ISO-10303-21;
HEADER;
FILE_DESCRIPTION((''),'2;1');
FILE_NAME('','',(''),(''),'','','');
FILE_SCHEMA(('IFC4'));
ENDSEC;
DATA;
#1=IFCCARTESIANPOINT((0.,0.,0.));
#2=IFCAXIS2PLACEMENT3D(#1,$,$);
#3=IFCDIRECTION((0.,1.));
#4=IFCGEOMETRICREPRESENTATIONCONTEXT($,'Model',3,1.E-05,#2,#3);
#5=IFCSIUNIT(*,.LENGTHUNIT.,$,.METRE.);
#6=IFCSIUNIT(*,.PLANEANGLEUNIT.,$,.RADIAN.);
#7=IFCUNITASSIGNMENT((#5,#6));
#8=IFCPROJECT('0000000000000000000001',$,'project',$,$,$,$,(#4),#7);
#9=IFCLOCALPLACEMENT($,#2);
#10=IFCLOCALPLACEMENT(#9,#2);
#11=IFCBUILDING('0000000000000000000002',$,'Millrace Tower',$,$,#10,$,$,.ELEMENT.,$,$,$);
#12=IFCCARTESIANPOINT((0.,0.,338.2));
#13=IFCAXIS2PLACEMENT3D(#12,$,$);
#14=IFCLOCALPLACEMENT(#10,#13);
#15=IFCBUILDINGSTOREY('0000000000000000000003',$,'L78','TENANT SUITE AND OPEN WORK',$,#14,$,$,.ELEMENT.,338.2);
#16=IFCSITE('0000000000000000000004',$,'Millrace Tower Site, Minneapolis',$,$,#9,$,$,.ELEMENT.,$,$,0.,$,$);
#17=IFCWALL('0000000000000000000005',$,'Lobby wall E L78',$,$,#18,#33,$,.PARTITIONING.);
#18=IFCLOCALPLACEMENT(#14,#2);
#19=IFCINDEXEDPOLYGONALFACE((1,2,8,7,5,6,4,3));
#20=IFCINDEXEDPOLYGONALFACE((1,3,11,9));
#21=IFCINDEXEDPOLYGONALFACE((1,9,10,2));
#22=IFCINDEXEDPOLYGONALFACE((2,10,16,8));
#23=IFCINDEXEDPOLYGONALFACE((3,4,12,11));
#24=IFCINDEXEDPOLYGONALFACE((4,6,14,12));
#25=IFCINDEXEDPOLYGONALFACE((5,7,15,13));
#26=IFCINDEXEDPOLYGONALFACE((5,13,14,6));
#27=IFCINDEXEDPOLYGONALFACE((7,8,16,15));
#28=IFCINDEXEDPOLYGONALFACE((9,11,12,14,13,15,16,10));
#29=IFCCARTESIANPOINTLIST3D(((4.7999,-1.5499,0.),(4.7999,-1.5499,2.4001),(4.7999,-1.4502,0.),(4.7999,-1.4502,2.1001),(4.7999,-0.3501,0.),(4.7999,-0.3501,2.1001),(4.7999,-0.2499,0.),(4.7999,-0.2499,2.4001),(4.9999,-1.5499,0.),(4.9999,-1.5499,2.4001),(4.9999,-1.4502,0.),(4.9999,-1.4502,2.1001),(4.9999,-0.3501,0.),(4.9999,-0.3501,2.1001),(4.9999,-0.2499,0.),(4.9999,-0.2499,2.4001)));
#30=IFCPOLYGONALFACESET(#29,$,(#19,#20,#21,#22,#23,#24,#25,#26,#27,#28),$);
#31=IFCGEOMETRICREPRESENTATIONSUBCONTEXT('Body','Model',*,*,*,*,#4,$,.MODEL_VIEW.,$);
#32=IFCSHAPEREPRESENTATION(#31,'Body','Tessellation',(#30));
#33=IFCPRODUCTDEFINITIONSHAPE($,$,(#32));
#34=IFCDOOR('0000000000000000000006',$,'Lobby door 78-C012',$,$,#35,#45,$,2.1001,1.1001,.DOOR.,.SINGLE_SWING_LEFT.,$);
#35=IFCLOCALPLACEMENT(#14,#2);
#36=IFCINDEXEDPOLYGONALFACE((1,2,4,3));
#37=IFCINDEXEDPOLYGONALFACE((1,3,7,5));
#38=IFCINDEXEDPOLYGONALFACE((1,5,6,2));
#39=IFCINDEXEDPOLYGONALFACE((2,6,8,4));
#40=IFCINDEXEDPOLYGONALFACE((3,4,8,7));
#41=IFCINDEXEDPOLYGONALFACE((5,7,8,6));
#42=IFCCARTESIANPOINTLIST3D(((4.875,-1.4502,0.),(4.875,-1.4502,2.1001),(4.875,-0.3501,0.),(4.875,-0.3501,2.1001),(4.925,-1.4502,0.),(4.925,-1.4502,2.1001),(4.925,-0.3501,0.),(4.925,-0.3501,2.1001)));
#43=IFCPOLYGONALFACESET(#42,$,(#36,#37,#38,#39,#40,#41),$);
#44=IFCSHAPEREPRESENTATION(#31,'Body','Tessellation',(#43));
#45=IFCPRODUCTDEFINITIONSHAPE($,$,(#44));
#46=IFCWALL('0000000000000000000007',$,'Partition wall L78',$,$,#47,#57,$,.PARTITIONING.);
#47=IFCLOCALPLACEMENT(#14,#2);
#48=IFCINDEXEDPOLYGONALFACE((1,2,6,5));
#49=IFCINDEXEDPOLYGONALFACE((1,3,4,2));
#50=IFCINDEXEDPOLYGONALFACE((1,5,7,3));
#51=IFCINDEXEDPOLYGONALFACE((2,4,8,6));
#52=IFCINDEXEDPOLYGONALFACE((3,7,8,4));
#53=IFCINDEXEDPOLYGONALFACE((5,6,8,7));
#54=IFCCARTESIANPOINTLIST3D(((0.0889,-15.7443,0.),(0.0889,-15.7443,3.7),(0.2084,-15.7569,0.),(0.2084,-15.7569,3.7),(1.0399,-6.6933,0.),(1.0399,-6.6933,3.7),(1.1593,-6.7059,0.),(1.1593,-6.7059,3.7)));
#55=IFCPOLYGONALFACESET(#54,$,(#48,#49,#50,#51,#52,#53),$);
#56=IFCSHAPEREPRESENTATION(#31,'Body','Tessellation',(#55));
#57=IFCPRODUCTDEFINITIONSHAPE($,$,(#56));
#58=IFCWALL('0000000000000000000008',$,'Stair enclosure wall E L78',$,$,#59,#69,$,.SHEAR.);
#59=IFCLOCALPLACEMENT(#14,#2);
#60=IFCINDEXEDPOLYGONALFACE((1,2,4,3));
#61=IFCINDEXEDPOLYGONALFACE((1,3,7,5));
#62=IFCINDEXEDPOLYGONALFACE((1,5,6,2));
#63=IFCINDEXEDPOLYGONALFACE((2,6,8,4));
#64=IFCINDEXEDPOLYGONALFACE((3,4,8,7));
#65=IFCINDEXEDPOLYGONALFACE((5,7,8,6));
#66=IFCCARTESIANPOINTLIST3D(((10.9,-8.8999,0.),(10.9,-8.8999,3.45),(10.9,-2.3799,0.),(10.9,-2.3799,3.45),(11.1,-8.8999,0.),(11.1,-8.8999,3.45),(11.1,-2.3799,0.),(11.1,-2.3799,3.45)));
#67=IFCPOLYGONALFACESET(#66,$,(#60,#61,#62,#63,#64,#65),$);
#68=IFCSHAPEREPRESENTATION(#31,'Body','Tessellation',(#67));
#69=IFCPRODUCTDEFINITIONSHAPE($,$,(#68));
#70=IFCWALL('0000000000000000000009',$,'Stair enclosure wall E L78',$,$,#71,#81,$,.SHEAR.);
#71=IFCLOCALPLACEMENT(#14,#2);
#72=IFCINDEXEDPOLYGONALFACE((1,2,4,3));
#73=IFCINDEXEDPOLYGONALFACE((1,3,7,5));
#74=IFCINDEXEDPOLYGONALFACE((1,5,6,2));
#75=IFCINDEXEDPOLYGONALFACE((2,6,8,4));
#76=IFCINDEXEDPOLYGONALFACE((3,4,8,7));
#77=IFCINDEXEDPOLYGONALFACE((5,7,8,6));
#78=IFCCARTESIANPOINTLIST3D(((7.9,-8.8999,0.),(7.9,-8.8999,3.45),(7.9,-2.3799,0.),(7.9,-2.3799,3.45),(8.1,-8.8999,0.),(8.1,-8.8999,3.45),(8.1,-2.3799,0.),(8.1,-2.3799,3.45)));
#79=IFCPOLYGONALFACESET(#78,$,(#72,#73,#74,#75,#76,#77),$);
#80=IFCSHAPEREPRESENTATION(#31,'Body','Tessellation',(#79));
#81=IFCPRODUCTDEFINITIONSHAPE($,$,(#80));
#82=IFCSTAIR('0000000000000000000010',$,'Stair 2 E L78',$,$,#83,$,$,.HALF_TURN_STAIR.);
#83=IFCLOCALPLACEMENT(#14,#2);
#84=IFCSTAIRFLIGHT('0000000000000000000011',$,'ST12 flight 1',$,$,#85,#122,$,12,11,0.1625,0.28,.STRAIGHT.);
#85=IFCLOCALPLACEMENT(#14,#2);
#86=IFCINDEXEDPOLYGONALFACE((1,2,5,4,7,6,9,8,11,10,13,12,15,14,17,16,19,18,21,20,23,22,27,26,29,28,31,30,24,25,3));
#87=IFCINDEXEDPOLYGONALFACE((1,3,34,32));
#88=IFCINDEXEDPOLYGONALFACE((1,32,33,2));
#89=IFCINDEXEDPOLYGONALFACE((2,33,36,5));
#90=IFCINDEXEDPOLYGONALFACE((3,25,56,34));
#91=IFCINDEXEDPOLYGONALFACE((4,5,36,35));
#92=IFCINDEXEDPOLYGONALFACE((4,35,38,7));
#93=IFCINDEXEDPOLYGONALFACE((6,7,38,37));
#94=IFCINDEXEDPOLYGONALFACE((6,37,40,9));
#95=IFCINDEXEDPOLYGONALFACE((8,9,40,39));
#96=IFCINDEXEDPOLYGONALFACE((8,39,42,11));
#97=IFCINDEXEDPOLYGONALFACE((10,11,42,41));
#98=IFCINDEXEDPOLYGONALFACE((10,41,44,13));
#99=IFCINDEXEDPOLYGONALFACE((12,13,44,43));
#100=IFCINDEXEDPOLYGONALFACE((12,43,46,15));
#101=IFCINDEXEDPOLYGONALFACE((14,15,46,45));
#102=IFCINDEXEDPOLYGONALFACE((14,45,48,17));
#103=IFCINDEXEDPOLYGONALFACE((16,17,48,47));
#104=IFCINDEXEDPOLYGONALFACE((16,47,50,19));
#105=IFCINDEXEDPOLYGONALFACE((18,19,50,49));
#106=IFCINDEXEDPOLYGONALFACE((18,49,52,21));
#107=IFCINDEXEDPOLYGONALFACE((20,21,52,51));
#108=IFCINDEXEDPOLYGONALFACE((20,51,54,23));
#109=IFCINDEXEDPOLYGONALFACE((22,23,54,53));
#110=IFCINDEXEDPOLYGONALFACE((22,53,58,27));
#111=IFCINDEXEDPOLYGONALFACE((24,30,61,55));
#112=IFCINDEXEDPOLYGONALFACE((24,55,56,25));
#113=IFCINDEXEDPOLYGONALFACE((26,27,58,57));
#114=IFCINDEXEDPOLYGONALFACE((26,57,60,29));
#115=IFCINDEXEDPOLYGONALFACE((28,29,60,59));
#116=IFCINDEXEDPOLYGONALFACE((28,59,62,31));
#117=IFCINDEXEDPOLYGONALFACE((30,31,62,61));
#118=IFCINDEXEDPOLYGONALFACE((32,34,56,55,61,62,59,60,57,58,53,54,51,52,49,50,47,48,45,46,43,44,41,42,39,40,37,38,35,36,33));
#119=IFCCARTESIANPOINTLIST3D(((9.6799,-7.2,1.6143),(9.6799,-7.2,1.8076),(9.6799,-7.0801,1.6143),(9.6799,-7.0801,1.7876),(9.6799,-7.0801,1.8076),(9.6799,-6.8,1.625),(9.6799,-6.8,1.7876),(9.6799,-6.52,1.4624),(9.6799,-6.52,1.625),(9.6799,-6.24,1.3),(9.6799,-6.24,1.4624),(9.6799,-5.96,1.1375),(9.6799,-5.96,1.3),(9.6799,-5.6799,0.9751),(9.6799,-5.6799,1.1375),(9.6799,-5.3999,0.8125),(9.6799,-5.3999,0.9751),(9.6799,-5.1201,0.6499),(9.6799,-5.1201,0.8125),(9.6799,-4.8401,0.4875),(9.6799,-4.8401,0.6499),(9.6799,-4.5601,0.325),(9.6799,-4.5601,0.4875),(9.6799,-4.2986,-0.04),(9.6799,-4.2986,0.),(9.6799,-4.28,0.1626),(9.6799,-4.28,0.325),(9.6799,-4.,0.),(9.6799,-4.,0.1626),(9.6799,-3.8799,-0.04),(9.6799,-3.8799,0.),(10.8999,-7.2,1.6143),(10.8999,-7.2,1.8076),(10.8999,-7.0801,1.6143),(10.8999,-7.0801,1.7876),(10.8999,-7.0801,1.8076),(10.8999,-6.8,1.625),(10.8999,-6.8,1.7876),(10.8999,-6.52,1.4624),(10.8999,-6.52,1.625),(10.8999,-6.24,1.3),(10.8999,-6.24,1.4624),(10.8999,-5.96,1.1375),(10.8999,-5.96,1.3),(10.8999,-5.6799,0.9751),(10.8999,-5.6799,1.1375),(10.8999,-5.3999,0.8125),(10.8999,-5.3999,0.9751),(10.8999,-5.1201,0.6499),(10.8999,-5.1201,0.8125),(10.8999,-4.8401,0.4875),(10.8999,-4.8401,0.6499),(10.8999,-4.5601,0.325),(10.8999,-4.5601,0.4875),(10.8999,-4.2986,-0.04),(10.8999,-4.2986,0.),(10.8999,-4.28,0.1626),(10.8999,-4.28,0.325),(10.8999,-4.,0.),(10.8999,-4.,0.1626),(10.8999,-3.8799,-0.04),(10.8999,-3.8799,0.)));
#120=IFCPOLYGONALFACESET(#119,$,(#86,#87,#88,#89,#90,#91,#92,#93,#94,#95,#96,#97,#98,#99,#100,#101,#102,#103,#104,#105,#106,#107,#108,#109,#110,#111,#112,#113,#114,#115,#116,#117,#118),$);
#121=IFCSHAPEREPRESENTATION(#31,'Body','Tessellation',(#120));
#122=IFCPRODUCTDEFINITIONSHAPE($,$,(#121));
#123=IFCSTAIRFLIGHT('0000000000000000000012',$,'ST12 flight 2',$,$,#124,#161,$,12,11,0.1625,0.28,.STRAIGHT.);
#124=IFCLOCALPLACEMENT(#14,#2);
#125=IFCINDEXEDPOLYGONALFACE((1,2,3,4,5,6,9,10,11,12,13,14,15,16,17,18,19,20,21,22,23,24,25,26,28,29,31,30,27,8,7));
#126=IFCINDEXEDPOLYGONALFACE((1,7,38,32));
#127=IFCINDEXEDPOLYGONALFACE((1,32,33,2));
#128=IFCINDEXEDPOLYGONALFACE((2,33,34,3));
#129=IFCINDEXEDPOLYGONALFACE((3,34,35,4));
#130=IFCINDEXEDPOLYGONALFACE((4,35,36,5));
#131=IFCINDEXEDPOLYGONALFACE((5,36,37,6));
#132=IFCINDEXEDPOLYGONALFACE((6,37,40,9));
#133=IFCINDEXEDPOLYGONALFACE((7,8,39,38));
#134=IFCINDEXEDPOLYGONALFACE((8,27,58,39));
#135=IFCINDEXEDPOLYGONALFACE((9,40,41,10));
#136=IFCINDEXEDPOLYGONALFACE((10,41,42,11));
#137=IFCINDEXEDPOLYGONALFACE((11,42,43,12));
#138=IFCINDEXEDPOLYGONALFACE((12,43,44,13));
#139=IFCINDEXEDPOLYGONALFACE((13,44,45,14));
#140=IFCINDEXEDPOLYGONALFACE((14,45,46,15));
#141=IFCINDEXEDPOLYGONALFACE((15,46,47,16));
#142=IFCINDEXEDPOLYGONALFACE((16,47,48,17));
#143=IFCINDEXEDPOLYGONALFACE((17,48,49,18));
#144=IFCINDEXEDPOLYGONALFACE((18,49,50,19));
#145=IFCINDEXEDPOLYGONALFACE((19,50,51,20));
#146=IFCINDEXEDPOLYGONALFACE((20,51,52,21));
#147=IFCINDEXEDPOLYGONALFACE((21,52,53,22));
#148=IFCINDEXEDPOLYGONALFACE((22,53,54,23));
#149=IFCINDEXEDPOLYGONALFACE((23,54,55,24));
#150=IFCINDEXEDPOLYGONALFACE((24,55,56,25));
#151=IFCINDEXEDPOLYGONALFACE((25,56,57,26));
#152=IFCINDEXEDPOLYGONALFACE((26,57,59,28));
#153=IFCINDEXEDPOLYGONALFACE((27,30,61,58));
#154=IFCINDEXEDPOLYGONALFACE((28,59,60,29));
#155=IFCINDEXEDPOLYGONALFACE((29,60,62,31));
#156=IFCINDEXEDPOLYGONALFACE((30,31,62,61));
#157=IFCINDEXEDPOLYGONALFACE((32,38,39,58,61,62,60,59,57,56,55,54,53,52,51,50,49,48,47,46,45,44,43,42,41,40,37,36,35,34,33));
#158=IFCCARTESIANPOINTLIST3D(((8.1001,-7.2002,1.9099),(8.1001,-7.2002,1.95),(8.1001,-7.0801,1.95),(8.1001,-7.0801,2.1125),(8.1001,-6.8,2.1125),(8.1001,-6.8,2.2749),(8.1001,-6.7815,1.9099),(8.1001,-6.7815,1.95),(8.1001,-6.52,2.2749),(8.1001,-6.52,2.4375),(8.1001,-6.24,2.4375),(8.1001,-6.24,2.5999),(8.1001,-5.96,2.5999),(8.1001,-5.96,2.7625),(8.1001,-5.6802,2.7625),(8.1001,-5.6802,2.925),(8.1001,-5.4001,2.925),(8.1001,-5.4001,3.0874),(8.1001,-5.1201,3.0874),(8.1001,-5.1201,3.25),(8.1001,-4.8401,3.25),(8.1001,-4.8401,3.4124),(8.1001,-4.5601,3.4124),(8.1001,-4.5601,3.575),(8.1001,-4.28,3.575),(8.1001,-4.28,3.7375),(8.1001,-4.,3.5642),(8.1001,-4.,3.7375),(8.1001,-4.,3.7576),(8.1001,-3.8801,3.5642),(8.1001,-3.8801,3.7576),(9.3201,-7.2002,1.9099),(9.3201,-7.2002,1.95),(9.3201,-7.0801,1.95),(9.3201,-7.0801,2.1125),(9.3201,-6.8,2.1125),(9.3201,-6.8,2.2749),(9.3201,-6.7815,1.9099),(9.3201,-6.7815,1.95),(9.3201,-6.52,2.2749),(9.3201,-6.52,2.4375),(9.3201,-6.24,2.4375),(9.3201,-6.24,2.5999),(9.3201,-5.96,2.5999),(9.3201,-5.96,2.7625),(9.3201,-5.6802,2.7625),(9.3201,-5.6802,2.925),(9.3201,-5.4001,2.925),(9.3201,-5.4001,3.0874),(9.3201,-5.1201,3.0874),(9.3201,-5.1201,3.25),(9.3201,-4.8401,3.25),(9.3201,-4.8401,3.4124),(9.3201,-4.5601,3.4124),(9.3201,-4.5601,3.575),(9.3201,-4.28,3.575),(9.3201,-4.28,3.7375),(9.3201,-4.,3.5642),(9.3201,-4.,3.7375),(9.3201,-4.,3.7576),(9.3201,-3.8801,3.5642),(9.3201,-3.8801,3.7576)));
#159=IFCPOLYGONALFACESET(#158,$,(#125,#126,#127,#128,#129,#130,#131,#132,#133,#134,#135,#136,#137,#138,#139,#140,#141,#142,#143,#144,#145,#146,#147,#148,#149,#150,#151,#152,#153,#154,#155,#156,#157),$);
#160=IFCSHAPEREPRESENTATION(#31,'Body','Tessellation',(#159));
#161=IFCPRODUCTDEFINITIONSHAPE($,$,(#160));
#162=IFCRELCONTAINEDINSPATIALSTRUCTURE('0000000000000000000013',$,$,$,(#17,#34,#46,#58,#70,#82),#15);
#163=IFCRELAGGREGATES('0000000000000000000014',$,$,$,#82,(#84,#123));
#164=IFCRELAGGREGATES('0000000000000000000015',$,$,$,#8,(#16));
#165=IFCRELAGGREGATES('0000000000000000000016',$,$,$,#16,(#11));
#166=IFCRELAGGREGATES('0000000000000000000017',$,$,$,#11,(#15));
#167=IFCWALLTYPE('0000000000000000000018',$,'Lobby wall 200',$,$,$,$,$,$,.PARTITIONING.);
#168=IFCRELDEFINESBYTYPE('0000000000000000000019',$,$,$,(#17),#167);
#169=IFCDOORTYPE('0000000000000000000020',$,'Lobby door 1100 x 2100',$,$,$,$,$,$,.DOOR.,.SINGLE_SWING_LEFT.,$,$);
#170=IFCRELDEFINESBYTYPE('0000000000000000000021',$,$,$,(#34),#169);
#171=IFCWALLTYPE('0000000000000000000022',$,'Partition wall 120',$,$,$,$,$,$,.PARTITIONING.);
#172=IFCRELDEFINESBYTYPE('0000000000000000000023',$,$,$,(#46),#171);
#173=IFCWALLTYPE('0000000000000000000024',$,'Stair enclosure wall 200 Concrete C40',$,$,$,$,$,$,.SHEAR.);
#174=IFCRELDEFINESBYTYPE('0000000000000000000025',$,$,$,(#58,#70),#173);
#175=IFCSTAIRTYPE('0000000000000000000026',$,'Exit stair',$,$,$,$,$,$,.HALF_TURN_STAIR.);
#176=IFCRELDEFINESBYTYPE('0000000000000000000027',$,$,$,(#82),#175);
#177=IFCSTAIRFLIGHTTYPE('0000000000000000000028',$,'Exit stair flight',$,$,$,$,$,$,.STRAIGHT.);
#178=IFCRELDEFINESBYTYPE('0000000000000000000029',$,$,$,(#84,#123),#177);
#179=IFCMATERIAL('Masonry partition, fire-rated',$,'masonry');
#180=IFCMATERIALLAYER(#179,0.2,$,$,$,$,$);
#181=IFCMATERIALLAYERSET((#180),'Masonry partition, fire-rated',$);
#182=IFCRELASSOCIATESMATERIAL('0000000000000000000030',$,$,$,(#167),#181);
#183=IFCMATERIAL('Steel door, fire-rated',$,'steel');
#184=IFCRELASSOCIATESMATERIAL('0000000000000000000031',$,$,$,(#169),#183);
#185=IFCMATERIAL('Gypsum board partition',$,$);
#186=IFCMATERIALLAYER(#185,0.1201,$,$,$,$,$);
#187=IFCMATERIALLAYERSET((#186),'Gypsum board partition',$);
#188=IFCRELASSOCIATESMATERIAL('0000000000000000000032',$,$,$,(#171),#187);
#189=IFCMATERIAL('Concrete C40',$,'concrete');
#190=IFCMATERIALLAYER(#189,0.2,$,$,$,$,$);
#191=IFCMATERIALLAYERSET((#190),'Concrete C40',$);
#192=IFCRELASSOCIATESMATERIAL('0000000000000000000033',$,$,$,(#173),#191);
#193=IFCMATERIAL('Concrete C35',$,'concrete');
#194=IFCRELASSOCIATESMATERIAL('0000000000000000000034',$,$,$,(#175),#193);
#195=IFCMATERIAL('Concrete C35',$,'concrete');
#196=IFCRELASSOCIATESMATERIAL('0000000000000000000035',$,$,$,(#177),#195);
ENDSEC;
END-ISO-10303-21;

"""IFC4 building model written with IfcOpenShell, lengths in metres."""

from ifc_helpers import new_model, si_unit, direction, frame, frame_2d, origin, place, context, subcontext, project, spatial, polyline, rectangle, outline, extrude, material, layer, layer_set, type_object, element, fill, aggregate, save


model = new_model("IFC4")

# Units and contexts
model_context = context("Model", 3, precision=1e-05, world=origin(), true_north=direction((0.0, 1.0)))
body_context = subcontext(model_context, "Body", "Model", "MODEL_VIEW")
ifc_project = project(units=[si_unit("LENGTHUNIT", "METRE"), si_unit("PLANEANGLEUNIT", "RADIAN")], contexts=[model_context])

# Site, building, storey
site_placement = place(None, origin())
site = spatial("IfcSite", under=ifc_project, at=site_placement, Name="Millrace Tower Site, Minneapolis", CompositionType="ELEMENT", RefElevation=0.0)
building_placement = place(site_placement, origin())
building = spatial("IfcBuilding", under=site, at=building_placement, Name="Millrace Tower", CompositionType="ELEMENT")
storey_placement = place(building_placement, frame((0.0, 0.0, 338.2)))
storey = spatial("IfcBuildingStorey", under=building, at=storey_placement, Name="L78", Description="TENANT SUITE AND OPEN WORK", CompositionType="ELEMENT", Elevation=338.2)

# Shared definitions
placement = place(storey_placement, origin())

# Wall, opening, door
ifc_material_1 = material(Name="Masonry partition, fire-rated", Category="masonry")
ifc_layer_1 = layer(ifc_material_1, 0.2)
ifc_layer_set_1 = layer_set([ifc_layer_1], Name="Masonry partition, fire-rated")
wall_type_1 = type_object("IfcWallType", Name="Lobby wall 200", PredefinedType="PARTITIONING", material=ifc_layer_set_1)
wall_1_placement = place(storey_placement, frame((4.8999, -0.25, 0.0), z_axis=(0.0, 0.0, 1.0), x_axis=(0.0, -1.0, 0.0)))
wall_1 = element("IfcWall", 1, at=wall_1_placement, inside=storey, type_object=wall_type_1, Name="Lobby wall E L78", PredefinedType="PARTITIONING", context=body_context, shape_type="SweptSolid", body=[
    extrude(rectangle(XDim=1.3, YDim=0.2, at=frame_2d((0.6499, 0.0))), origin(), (0.0, 0.0, 1.0), 2.4001),
])
opening_placement = place(wall_1_placement, frame((0.1001, 0.0, 0.0)))
opening = element("IfcOpeningElement", 2, at=opening_placement, cuts=wall_1, PredefinedType="OPENING", context=body_context, shape_type="SweptSolid", body=[
    extrude(rectangle(XDim=1.1001, YDim=2.1001, at=frame_2d((0.55, 1.05))), frame((0.0, 0.1099, 0.0), z_axis=(0.0, -1.0, 0.0), x_axis=(1.0, 0.0, 0.0)), (0.0, 0.0, 1.0), 0.22),
])
ifc_material_2 = material(Name="Steel door, fire-rated", Category="steel")
door_type = type_object("IfcDoorType", Name="Lobby door 1100 x 2100", OperationType="SINGLE_SWING_LEFT", PredefinedType="DOOR", material=ifc_material_2)
door_placement = place(opening_placement, frame((1.1001, 0.0, 0.0), z_axis=(0.0, 0.0, 1.0), x_axis=(-1.0, 0.0, 0.0)))
door = element("IfcDoor", 3, at=door_placement, inside=storey, type_object=door_type, Name="Lobby door 78-C012", OperationType="SINGLE_SWING_LEFT", OverallHeight=2.1001, OverallWidth=1.1001, PredefinedType="DOOR", context=body_context, shape_type="SweptSolid", body=[
    extrude(rectangle(XDim=1.1001, YDim=2.1001, at=frame_2d((0.55, 1.05))), frame((0.0, 0.0249, 0.0), z_axis=(0.0, -1.0, 0.0), x_axis=(1.0, 0.0, 0.0)), (0.0, 0.0, 1.0), 0.05),
])
fill(opening, door)

# Walls
ifc_material_3 = material(Name="Gypsum board partition")
ifc_layer_2 = layer(ifc_material_3, 0.1201)
ifc_layer_set_2 = layer_set([ifc_layer_2], Name="Gypsum board partition")
wall_type_2 = type_object("IfcWallType", Name="Partition wall 120", PredefinedType="PARTITIONING", material=ifc_layer_set_2)
wall_2_placement = place(storey_placement, frame((0.1487, -15.7505, 0.0), z_axis=(0.0, 0.0, 1.0), x_axis=(0.104488, 0.994526, 0.0)))
element("IfcWall", 4, at=wall_2_placement, inside=storey, type_object=wall_type_2, Name="Partition wall L78", PredefinedType="PARTITIONING", context=body_context, shape_type="SweptSolid", body=[
    extrude(rectangle(XDim=9.1008, YDim=0.1201, at=frame_2d((4.5503, 0.0))), origin(), (0.0, 0.0, 1.0), 3.7),
])
ifc_material_4 = material(Name="Concrete C40", Category="concrete")
ifc_layer_3 = layer(ifc_material_4, 0.2)
ifc_layer_set_3 = layer_set([ifc_layer_3], Name="Concrete C40")
wall_type_3 = type_object("IfcWallType", Name="Stair enclosure wall 200 Concrete C40", PredefinedType="SHEAR", material=ifc_layer_set_3)
for number, where, z_axis, x_axis, name in (
    (5, (11.0, -2.3799, 0.0), (0.0, 0.0, 1.0), (0.0, -1.0, 0.0), "Stair enclosure wall E L78"),
    (6, (8.0, -2.3799, 0.0), (0.0, 0.0, 1.0), (0.0, -1.0, 0.0), "Stair enclosure wall E L78"),
):
    element("IfcWall", number, at=place(storey_placement, frame(where, z_axis=z_axis, x_axis=x_axis)), inside=storey, type_object=wall_type_3, Name=name, PredefinedType="SHEAR", context=body_context, shape_type="SweptSolid", body=[
        extrude(rectangle(XDim=6.52, YDim=0.2, at=frame_2d((3.26, 0.0))), origin(), (0.0, 0.0, 1.0), 3.45),
    ])

# Stair, stair flights
ifc_material_5 = material(Name="Concrete C35", Category="concrete")
stair_type = type_object("IfcStairType", Name="Exit stair", PredefinedType="HALF_TURN_STAIR", material=ifc_material_5)
stair = element("IfcStair", 7, at=placement, inside=storey, type_object=stair_type, Name="Stair 2 E L78", PredefinedType="HALF_TURN_STAIR")
ifc_material_6 = material(Name="Concrete C35", Category="concrete")
stair_flight_type = type_object("IfcStairFlightType", Name="Exit stair flight", PredefinedType="STRAIGHT", material=ifc_material_6)
stair_flight_1_placement = place(storey_placement, frame((10.29, -4.0, 0.0), z_axis=(0.0, 0.0, 1.0), x_axis=(0.0, -1.0, 0.0)))
stair_flight_1 = element("IfcStairFlight", 8, at=stair_flight_1_placement, type_object=stair_flight_type, Name="ST12 flight 1", NumberOfRisers=12, NumberOfTreads=11, PredefinedType="STRAIGHT", RiserHeight=0.1625, TreadLength=0.28, context=body_context, shape_type="SweptSolid", body=[
    extrude(outline(polyline([(-0.1201, -0.04), (-0.1201, 0.0), (0.0, 0.0), (0.0, 0.1626), (0.28, 0.1626), (0.28, 0.325), (0.5601, 0.325), (0.5601, 0.4875), (0.8401, 0.4875), (0.8401, 0.6499), (1.1201, 0.6499), (1.1201, 0.8125), (1.3999, 0.8125), (1.3999, 0.9751), (1.6799, 0.9751), (1.6799, 1.1375), (1.96, 1.1375), (1.96, 1.3), (2.24, 1.3), (2.24, 1.4624), (2.52, 1.4624), (2.52, 1.625), (2.8, 1.625), (2.8, 1.7876), (3.0801, 1.7876), (3.0801, 1.8076), (3.2, 1.8076), (3.2, 1.6143), (3.0801, 1.6143), (0.2986, 0.0), (0.2986, -0.04), (-0.1201, -0.04)])), frame((0.0, 0.6099, 0.0), z_axis=(0.0, -1.0, 0.0), x_axis=(1.0, 0.0, 0.0)), (0.0, 0.0, 1.0), 1.22),
])
stair_flight_2_placement = place(storey_placement, frame((8.71, -7.0801, 1.95), z_axis=(0.0, 0.0, 1.0), x_axis=(0.0, 1.0, 0.0)))
stair_flight_2 = element("IfcStairFlight", 9, at=stair_flight_2_placement, type_object=stair_flight_type, Name="ST12 flight 2", NumberOfRisers=12, NumberOfTreads=11, PredefinedType="STRAIGHT", RiserHeight=0.1625, TreadLength=0.28, context=body_context, shape_type="SweptSolid", body=[
    extrude(outline(polyline([(-0.1201, -0.04), (-0.1201, 0.0), (0.0, 0.0), (0.0, 0.1626), (0.28, 0.1626), (0.28, 0.325), (0.5601, 0.325), (0.5601, 0.4875), (0.8401, 0.4875), (0.8401, 0.6499), (1.1201, 0.6499), (1.1201, 0.8125), (1.3999, 0.8125), (1.3999, 0.9751), (1.6799, 0.9751), (1.6799, 1.1375), (1.96, 1.1375), (1.96, 1.3), (2.24, 1.3), (2.24, 1.4624), (2.52, 1.4624), (2.52, 1.625), (2.8, 1.625), (2.8, 1.7876), (3.0801, 1.7876), (3.0801, 1.8076), (3.2, 1.8076), (3.2, 1.6143), (3.0801, 1.6143), (0.2986, 0.0), (0.2986, -0.04), (-0.1201, -0.04)])), frame((0.0, 0.6099, 0.0), z_axis=(0.0, -1.0, 0.0), x_axis=(1.0, 0.0, 0.0)), (0.0, 0.0, 1.0), 1.22),
])
aggregate(stair, [stair_flight_1, stair_flight_2])

save(model, "model.ifc")
